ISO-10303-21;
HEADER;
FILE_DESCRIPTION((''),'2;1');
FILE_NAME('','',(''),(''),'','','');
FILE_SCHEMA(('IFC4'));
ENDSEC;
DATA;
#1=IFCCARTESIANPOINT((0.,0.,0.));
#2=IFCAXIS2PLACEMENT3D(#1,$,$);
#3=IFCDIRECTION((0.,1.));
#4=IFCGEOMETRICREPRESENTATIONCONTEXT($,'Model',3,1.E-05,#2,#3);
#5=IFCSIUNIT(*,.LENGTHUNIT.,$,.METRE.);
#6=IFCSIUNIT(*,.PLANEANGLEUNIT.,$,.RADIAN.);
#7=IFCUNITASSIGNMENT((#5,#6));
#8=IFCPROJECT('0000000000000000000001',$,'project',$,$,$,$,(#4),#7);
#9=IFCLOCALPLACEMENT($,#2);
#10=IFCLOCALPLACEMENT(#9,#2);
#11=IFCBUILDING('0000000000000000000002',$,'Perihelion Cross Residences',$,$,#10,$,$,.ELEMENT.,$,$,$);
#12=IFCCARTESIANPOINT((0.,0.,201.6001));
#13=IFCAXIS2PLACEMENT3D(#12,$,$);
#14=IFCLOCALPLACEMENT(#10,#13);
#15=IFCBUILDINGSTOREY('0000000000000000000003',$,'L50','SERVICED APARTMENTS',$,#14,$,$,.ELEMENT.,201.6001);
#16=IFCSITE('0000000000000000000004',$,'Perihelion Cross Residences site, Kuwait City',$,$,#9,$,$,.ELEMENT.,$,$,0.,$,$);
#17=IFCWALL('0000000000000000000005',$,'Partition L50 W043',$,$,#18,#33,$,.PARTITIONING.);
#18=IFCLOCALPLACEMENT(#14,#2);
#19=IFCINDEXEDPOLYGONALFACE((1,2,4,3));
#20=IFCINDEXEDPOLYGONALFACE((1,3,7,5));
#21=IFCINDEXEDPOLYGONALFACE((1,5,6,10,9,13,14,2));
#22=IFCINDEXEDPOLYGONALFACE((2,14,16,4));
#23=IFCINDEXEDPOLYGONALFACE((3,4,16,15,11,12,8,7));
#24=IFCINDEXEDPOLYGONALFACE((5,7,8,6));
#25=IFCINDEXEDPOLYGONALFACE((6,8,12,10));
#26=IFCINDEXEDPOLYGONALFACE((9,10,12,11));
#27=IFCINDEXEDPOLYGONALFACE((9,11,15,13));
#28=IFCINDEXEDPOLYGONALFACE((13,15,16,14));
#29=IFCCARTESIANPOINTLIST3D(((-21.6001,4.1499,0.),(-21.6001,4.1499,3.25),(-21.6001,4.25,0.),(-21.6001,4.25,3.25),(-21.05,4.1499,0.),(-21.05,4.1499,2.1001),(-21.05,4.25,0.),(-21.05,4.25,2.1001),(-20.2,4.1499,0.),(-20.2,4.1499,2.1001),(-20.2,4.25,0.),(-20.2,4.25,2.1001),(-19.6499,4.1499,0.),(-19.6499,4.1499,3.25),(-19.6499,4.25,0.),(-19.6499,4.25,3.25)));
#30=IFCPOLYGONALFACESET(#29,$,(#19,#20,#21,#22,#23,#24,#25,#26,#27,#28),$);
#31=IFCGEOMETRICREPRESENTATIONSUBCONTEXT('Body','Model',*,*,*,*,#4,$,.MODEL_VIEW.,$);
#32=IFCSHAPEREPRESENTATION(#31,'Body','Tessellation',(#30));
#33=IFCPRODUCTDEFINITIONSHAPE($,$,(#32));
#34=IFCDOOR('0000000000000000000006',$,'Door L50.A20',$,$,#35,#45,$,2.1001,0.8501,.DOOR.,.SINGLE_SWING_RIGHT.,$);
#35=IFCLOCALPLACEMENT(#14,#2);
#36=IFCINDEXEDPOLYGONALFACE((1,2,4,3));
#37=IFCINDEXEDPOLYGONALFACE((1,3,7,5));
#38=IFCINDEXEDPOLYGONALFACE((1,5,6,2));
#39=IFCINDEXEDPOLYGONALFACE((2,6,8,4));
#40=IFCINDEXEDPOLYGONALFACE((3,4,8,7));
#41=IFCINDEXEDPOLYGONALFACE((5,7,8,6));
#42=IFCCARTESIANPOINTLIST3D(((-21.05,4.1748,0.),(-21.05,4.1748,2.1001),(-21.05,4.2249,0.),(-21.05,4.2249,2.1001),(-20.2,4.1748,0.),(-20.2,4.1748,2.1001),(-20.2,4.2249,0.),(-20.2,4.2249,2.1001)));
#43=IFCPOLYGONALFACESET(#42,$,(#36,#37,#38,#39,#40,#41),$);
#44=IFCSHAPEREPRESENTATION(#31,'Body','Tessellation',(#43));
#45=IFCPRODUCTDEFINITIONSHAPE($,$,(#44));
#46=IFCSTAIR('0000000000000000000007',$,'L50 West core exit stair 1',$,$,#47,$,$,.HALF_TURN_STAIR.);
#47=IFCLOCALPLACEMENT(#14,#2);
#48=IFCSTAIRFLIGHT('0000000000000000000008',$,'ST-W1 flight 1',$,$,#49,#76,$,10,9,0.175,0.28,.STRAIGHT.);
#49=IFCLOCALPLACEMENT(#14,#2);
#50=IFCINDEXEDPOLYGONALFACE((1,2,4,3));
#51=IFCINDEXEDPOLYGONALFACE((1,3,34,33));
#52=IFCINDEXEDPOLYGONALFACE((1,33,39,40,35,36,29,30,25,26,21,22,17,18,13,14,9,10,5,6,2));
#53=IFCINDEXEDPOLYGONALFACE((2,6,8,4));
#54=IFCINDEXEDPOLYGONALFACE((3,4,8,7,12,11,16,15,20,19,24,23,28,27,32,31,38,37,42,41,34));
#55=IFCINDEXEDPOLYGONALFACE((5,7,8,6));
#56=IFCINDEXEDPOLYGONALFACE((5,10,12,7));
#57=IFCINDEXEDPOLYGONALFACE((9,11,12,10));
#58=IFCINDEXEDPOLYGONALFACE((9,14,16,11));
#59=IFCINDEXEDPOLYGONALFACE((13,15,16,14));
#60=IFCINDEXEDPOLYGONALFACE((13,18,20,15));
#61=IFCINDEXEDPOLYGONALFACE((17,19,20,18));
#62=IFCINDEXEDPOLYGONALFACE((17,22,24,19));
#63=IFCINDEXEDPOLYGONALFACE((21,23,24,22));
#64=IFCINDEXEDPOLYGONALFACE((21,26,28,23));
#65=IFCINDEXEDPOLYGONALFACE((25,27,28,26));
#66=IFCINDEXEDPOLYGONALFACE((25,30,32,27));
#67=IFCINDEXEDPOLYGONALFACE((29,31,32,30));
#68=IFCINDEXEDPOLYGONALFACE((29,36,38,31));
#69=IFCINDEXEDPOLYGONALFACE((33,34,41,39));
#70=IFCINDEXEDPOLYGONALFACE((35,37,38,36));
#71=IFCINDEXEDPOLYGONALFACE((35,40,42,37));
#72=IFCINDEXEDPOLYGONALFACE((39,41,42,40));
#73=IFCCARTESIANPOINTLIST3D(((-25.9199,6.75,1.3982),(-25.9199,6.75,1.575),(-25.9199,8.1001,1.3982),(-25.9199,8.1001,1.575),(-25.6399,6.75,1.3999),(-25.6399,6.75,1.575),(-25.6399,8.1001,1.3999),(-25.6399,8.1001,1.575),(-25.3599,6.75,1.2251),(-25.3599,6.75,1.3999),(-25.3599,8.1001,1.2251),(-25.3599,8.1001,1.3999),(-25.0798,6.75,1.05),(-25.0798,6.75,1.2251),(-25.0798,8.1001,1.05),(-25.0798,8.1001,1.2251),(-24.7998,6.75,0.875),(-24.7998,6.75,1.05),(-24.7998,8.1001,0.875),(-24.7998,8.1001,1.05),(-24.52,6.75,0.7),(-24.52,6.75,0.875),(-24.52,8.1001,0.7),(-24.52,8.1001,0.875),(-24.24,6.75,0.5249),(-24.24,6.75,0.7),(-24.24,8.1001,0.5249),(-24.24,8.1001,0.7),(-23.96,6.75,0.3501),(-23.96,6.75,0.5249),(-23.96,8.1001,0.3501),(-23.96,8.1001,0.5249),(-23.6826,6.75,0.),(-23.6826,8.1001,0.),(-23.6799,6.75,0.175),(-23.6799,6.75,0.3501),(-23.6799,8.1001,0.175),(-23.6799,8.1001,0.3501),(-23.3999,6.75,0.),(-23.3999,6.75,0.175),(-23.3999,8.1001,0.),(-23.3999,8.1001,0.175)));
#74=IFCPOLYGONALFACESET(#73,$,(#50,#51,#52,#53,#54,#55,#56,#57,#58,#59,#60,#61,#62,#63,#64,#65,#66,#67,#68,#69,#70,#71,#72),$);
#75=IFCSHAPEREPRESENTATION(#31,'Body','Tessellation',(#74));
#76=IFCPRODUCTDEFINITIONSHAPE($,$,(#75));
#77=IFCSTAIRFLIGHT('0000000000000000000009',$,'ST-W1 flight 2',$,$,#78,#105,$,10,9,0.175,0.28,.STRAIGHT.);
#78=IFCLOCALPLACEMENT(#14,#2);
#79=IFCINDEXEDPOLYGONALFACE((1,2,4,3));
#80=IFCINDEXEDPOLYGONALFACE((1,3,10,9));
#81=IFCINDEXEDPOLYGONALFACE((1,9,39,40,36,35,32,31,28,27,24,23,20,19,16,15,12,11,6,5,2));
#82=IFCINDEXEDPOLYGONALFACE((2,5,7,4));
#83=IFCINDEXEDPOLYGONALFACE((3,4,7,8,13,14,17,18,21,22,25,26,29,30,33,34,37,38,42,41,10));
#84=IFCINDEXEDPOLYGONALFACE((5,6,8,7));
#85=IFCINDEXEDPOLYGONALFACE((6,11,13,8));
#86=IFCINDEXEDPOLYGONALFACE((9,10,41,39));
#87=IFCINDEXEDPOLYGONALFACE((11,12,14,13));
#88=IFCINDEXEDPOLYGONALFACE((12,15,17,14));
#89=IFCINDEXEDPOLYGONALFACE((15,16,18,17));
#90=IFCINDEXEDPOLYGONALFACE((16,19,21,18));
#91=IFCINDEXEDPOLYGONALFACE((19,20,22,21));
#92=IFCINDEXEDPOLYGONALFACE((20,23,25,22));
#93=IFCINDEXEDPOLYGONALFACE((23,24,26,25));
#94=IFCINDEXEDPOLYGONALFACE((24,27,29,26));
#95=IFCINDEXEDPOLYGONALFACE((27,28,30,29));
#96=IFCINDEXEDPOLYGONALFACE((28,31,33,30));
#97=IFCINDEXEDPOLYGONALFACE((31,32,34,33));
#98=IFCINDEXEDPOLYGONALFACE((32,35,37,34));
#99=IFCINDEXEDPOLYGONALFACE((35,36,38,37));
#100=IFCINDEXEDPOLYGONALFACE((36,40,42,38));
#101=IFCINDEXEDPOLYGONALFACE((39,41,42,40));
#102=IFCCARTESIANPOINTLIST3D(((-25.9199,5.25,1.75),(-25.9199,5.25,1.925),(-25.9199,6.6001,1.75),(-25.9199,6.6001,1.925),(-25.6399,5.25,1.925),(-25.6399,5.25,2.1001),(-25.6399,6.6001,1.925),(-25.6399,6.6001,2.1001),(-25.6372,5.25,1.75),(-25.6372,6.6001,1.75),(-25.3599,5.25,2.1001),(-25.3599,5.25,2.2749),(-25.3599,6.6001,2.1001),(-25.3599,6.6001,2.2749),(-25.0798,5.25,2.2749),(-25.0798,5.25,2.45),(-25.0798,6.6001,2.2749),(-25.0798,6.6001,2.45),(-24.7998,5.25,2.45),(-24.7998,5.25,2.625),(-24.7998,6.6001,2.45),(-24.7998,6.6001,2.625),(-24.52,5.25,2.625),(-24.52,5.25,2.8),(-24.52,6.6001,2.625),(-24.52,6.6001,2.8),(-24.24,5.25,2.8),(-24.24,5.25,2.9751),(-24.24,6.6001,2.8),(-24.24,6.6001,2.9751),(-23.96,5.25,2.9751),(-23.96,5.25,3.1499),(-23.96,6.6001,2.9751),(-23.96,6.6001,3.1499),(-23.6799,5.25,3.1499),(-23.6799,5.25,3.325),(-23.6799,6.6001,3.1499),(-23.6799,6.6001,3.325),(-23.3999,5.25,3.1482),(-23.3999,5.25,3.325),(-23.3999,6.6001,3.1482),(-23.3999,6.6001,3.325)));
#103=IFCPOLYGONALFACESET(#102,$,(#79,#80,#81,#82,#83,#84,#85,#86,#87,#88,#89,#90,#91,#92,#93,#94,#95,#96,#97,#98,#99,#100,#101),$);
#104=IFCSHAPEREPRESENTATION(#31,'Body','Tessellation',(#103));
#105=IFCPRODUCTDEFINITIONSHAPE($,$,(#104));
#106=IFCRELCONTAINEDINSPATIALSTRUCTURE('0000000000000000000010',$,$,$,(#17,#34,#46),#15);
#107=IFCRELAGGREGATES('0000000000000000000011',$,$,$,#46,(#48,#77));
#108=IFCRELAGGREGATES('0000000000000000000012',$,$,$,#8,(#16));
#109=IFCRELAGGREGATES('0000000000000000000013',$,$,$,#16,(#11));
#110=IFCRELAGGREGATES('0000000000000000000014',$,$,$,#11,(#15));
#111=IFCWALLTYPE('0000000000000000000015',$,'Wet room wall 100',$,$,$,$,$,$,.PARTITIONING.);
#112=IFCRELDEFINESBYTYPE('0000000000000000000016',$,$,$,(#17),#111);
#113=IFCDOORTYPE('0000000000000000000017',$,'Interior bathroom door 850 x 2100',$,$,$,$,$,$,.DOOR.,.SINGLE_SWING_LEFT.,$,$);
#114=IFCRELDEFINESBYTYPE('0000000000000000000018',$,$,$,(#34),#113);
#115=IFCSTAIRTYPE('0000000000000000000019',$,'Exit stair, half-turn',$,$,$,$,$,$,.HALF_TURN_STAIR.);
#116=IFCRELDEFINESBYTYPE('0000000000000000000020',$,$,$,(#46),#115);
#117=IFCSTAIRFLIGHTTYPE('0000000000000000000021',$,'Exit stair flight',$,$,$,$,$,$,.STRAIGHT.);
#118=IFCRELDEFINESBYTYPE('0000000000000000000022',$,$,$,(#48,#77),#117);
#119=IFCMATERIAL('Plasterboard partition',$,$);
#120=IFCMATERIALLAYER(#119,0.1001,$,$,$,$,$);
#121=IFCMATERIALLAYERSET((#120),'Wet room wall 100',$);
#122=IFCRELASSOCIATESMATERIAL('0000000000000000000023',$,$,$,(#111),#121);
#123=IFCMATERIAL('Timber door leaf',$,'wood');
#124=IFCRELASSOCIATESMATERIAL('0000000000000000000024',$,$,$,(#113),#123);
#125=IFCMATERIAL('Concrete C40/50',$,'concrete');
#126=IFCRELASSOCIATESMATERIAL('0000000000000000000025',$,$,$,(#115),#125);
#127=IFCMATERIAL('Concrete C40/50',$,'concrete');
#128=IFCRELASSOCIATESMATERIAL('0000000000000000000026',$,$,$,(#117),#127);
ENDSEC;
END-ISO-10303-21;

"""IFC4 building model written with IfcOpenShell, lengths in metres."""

from ifc_helpers import new_model, si_unit, direction, frame, frame_2d, origin, place, context, subcontext, project, spatial, polyline, rectangle, outline, extrude, material, layer, layer_set, type_object, element, fill, aggregate, save


model = new_model("IFC4")

# Units and contexts
model_context = context("Model", 3, precision=1e-05, world=origin(), true_north=direction((0.0, 1.0)))
body_context = subcontext(model_context, "Body", "Model", "MODEL_VIEW")
ifc_project = project(units=[si_unit("LENGTHUNIT", "METRE"), si_unit("PLANEANGLEUNIT", "RADIAN")], contexts=[model_context])

# Site, building, storey
site_placement = place(None, origin())
site = spatial("IfcSite", under=ifc_project, at=site_placement, Name="Perihelion Cross Residences site, Kuwait City", CompositionType="ELEMENT", RefElevation=0.0)
building_placement = place(site_placement, origin())
building = spatial("IfcBuilding", under=site, at=building_placement, Name="Perihelion Cross Residences", CompositionType="ELEMENT")
storey_placement = place(building_placement, frame((0.0, 0.0, 201.6001)))
storey = spatial("IfcBuildingStorey", under=building, at=storey_placement, Name="L50", Description="SERVICED APARTMENTS", CompositionType="ELEMENT", Elevation=201.6001)

# Wall, opening, door
ifc_material_1 = material(Name="Plasterboard partition")
ifc_layer_1 = layer(ifc_material_1, 0.1001)
ifc_layer_set_1 = layer_set([ifc_layer_1], Name="Wet room wall 100")
wall_type_1 = type_object("IfcWallType", Name="Wet room wall 100", PredefinedType="PARTITIONING", material=ifc_layer_set_1)
wall_1_placement = place(storey_placement, frame((-21.6001, 4.2, 0.0), z_axis=(0.0, 0.0, 1.0), x_axis=(1.0, 0.0, 0.0)))
wall_1 = element("IfcWall", 1, at=wall_1_placement, inside=storey, type_object=wall_type_1, Name="Partition L50 W043", PredefinedType="PARTITIONING", context=body_context, shape_type="SweptSolid", body=[
    extrude(rectangle(XDim=1.9502, YDim=0.1001, at=frame_2d((0.9751, 0.0))), origin(), (0.0, 0.0, 1.0), 3.25),
])
opening_1_placement = place(wall_1_placement, frame((0.55, 0.0, 0.0)))
opening_1 = element("IfcOpeningElement", 2, at=opening_1_placement, cuts=wall_1, PredefinedType="OPENING", context=body_context, shape_type="SweptSolid", body=[
    extrude(rectangle(XDim=0.8501, YDim=2.1001, at=frame_2d((0.425, 1.05))), frame((0.0, 0.0601, 0.0), z_axis=(0.0, -1.0, 0.0), x_axis=(1.0, 0.0, 0.0)), (0.0, 0.0, 1.0), 0.1201),
])
ifc_material_2 = material(Name="Timber door leaf", Category="wood")
door_type_1 = type_object("IfcDoorType", Name="Interior bathroom door 850 x 2100", OperationType="SINGLE_SWING_LEFT", PredefinedType="DOOR", material=ifc_material_2)
door_1_placement = place(opening_1_placement, origin())
door_1 = element("IfcDoor", 3, at=door_1_placement, inside=storey, type_object=door_type_1, Name="Door L50.A20", OperationType="SINGLE_SWING_RIGHT", OverallHeight=2.1001, OverallWidth=0.8501, PredefinedType="DOOR", context=body_context, shape_type="SweptSolid", body=[
    extrude(rectangle(XDim=0.8501, YDim=2.1001, at=frame_2d((0.425, 1.05))), frame((0.0, 0.0249, 0.0), z_axis=(0.0, -1.0, 0.0), x_axis=(1.0, 0.0, 0.0)), (0.0, 0.0, 1.0), 0.05),
])
fill(opening_1, door_1)

# Stair, stair flights
ifc_material_3 = material(Name="Concrete C40/50", Category="concrete")
stair_type = type_object("IfcStairType", Name="Exit stair, half-turn", PredefinedType="HALF_TURN_STAIR", material=ifc_material_3)
stair_placement = place(storey_placement, origin())
stair = element("IfcStair", 4, at=stair_placement, inside=storey, type_object=stair_type, Name="L50 West core exit stair 1", PredefinedType="HALF_TURN_STAIR")
ifc_material_4 = material(Name="Concrete C40/50", Category="concrete")
stair_flight_type = type_object("IfcStairFlightType", Name="Exit stair flight", PredefinedType="STRAIGHT", material=ifc_material_4)
stair_flight_1_placement = place(storey_placement, frame((-23.3999, 7.425, 0.0), z_axis=(0.0, 0.0, 1.0), x_axis=(-1.0, 0.0, 0.0)))
stair_flight_1 = element("IfcStairFlight", 5, at=stair_flight_1_placement, type_object=stair_flight_type, Name="ST-W1 flight 1", NumberOfRisers=10, NumberOfTreads=9, PredefinedType="STRAIGHT", RiserHeight=0.175, TreadLength=0.28, context=body_context, shape_type="SweptSolid", body=[
    extrude(outline(polyline([(0.0, 0.0), (0.0, 0.175), (0.28, 0.175), (0.28, 0.3501), (0.5601, 0.3501), (0.5601, 0.5249), (0.8401, 0.5249), (0.8401, 0.7), (1.1201, 0.7), (1.1201, 0.875), (1.3999, 0.875), (1.3999, 1.05), (1.6799, 1.05), (1.6799, 1.2251), (1.96, 1.2251), (1.96, 1.3999), (2.24, 1.3999), (2.24, 1.575), (2.52, 1.575), (2.52, 1.75), (2.52, 1.3982), (0.2827, 0.0), (0.0, 0.0)])), frame((0.0, 0.675, 0.0), z_axis=(0.0, -1.0, 0.0), x_axis=(1.0, 0.0, 0.0)), (0.0, 0.0, 1.0), 1.3501),
])
stair_flight_2_placement = place(storey_placement, frame((-25.9199, 5.925, 1.75), z_axis=(0.0, 0.0, 1.0), x_axis=(1.0, 0.0, 0.0)))
stair_flight_2 = element("IfcStairFlight", 6, at=stair_flight_2_placement, type_object=stair_flight_type, Name="ST-W1 flight 2", NumberOfRisers=10, NumberOfTreads=9, PredefinedType="STRAIGHT", RiserHeight=0.175, TreadLength=0.28, context=body_context, shape_type="SweptSolid", body=[
    extrude(outline(polyline([(0.0, 0.0), (0.0, 0.175), (0.28, 0.175), (0.28, 0.3501), (0.5601, 0.3501), (0.5601, 0.5249), (0.8401, 0.5249), (0.8401, 0.7), (1.1201, 0.7), (1.1201, 0.875), (1.3999, 0.875), (1.3999, 1.05), (1.6799, 1.05), (1.6799, 1.2251), (1.96, 1.2251), (1.96, 1.3999), (2.24, 1.3999), (2.24, 1.575), (2.52, 1.575), (2.52, 1.75), (2.52, 1.3982), (0.2827, 0.0), (0.0, 0.0)])), frame((0.0, 0.675, 0.0), z_axis=(0.0, -1.0, 0.0), x_axis=(1.0, 0.0, 0.0)), (0.0, 0.0, 1.0), 1.3501),
])
aggregate(stair, [stair_flight_1, stair_flight_2])

save(model, "model.ifc")
